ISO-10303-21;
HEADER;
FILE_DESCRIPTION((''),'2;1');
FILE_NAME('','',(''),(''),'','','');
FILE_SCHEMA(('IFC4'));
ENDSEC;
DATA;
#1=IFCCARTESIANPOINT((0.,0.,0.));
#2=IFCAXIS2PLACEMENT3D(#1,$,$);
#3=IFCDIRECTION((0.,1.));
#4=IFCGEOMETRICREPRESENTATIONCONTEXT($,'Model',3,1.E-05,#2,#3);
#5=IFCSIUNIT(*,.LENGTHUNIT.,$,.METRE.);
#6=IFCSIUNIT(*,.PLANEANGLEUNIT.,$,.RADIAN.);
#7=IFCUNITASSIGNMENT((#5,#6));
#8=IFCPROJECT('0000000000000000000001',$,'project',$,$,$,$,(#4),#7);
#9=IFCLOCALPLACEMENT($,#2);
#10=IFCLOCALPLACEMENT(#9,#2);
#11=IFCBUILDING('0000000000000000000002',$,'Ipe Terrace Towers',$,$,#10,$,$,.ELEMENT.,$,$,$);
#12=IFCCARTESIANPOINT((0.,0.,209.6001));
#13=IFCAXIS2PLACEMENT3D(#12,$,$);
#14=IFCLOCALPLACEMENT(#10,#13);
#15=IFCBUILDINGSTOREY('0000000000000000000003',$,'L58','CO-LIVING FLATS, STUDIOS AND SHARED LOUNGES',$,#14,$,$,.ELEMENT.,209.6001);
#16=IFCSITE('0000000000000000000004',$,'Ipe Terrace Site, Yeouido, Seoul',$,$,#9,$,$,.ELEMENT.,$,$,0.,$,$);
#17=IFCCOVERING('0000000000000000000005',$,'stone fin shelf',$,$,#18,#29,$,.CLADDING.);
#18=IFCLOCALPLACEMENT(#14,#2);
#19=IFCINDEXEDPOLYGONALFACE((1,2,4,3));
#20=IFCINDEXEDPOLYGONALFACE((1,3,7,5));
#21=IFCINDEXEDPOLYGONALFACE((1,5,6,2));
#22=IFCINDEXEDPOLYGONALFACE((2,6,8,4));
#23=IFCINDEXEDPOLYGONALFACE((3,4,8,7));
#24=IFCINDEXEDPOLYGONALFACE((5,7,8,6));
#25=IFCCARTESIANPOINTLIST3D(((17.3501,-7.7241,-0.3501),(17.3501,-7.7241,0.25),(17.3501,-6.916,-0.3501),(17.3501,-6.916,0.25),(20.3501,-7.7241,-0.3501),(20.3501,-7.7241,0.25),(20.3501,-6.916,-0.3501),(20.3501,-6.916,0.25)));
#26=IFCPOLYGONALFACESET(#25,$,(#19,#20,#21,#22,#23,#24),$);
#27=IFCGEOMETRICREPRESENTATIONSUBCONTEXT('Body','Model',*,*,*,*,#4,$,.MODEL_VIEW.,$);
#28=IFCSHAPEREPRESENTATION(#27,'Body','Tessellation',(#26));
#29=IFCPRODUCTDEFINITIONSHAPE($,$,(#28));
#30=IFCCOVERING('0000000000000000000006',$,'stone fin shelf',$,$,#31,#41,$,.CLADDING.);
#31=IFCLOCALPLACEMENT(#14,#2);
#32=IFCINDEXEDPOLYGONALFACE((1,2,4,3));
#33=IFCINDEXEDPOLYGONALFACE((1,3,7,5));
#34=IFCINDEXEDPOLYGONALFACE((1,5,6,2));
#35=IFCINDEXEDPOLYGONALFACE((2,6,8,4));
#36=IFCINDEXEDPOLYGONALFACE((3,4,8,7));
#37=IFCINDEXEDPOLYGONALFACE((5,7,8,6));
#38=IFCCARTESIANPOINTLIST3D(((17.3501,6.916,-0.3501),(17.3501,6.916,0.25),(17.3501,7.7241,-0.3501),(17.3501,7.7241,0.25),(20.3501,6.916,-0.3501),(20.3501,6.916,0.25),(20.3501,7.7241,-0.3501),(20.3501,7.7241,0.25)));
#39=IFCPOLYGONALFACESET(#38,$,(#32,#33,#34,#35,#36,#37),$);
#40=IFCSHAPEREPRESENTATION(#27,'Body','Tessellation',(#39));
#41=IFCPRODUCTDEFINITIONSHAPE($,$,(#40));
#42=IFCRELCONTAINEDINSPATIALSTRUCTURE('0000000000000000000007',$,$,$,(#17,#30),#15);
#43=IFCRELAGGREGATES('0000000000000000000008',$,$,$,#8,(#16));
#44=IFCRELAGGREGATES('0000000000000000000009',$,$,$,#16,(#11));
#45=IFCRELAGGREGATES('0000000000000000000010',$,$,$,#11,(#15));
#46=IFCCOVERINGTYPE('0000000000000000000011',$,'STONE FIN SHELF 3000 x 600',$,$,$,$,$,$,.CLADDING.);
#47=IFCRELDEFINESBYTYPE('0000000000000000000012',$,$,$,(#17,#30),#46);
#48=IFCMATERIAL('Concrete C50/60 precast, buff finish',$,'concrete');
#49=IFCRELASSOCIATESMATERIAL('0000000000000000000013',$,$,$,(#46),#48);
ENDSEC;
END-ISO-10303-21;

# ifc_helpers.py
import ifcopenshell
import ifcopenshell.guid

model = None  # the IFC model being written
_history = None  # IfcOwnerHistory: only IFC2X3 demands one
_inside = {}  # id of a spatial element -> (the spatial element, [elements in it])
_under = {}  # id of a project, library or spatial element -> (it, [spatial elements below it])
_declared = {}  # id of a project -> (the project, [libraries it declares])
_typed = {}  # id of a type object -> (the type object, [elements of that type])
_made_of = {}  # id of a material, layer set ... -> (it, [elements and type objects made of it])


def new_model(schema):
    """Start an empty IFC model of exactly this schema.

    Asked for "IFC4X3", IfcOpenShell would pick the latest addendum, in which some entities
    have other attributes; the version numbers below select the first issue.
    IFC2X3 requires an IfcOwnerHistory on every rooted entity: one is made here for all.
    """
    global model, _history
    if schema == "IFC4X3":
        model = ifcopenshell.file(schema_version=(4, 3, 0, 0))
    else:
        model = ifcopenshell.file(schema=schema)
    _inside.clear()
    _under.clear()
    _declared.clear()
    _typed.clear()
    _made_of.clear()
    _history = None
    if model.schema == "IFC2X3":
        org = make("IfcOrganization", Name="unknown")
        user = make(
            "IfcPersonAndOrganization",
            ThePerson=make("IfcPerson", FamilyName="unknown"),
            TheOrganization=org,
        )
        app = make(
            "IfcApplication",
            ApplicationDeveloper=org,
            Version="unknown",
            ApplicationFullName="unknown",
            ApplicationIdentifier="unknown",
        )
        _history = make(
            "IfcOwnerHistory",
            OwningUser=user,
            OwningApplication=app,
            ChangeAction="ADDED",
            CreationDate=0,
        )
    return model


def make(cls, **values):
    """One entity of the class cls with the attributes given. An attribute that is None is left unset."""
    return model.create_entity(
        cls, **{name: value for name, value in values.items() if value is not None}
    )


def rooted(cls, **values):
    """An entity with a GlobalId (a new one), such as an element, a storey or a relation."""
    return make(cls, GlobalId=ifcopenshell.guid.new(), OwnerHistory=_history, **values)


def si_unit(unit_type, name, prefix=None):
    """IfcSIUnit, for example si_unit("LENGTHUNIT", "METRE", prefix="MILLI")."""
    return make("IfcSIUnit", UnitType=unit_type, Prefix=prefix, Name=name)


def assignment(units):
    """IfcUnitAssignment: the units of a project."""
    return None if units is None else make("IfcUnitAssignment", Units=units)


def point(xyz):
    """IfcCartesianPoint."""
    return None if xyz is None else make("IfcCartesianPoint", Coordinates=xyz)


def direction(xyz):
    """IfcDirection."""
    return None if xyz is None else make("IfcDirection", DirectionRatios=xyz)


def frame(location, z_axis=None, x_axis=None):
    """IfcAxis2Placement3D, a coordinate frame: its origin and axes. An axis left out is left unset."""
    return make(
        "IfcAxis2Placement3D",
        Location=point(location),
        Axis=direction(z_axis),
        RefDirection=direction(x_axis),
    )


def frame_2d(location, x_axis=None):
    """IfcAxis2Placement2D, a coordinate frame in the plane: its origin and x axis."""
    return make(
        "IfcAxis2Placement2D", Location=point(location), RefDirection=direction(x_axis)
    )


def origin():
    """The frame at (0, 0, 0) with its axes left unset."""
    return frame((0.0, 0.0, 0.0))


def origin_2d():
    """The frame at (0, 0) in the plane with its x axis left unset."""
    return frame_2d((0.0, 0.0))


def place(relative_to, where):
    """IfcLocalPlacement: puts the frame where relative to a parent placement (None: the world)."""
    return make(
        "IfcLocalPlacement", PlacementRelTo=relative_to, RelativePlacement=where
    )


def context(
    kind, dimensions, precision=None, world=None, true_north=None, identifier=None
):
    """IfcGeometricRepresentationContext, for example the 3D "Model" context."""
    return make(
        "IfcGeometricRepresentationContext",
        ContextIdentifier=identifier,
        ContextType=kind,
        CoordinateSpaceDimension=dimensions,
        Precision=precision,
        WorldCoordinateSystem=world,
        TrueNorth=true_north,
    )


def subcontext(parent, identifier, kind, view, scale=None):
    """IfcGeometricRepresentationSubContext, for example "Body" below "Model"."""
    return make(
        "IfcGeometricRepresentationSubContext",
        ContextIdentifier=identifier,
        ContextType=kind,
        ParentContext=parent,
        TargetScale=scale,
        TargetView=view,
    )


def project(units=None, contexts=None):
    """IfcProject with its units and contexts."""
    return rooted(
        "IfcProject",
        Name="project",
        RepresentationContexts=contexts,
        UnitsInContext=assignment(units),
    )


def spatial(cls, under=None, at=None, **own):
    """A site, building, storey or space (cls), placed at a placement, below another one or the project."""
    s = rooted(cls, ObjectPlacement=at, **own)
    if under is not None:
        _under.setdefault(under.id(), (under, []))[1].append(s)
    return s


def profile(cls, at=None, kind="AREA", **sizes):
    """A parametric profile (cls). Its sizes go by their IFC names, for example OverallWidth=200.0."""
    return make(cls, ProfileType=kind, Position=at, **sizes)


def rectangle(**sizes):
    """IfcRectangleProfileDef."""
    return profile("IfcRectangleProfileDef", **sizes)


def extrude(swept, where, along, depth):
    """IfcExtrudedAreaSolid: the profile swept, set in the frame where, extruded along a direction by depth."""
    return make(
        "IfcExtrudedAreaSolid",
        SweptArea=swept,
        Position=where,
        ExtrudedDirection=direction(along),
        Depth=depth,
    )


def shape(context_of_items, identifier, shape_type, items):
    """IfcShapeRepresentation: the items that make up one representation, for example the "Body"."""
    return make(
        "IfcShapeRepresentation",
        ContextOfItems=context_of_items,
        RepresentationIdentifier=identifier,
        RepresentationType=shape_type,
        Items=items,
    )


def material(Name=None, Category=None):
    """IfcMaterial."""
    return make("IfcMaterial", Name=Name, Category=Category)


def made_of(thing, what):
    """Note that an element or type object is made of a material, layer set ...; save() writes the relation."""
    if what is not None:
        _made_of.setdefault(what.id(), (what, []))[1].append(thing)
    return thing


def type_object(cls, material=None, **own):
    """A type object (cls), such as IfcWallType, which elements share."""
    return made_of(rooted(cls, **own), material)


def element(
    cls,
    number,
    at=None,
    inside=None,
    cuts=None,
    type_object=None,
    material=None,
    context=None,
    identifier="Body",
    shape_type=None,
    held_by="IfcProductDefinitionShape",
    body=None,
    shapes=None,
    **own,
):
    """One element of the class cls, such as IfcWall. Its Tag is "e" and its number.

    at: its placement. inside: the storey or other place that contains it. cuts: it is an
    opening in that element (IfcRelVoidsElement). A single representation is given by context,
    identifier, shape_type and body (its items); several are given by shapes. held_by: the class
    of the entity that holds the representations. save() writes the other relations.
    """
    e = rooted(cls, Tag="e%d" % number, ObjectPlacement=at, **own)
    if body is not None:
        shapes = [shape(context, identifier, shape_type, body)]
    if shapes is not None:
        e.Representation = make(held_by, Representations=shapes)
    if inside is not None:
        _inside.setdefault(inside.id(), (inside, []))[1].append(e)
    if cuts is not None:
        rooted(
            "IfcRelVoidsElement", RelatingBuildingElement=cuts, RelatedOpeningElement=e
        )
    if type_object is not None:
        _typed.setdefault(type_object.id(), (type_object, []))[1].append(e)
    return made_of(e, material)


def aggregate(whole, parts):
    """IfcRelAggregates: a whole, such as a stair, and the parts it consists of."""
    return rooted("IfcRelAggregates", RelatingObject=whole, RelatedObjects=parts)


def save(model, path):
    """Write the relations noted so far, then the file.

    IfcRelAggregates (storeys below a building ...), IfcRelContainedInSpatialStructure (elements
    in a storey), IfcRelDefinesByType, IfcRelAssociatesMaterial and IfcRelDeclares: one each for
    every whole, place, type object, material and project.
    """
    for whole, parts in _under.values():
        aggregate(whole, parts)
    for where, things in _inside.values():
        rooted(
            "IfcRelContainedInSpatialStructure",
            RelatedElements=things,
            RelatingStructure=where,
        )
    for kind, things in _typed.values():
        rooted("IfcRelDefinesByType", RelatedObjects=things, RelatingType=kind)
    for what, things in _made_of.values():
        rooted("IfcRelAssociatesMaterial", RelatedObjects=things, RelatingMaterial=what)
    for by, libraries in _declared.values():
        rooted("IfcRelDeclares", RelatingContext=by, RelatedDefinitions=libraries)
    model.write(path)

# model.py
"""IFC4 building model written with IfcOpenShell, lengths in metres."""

from ifc_helpers import new_model, si_unit, direction, frame, origin, origin_2d, place, context, subcontext, project, spatial, rectangle, extrude, material, type_object, element, save


model = new_model("IFC4")

# Units and contexts
model_context = context("Model", 3, precision=1e-05, world=origin(), true_north=direction((0.0, 1.0)))
body_context = subcontext(model_context, "Body", "Model", "MODEL_VIEW")
ifc_project = project(units=[si_unit("LENGTHUNIT", "METRE"), si_unit("PLANEANGLEUNIT", "RADIAN")], contexts=[model_context])

# Site, building, storey
site_placement = place(None, origin())
site = spatial("IfcSite", under=ifc_project, at=site_placement, Name="Ipe Terrace Site, Yeouido, Seoul", CompositionType="ELEMENT", RefElevation=0.0)
building_placement = place(site_placement, origin())
building = spatial("IfcBuilding", under=site, at=building_placement, Name="Ipe Terrace Towers", CompositionType="ELEMENT")
storey_placement = place(building_placement, frame((0.0, 0.0, 209.6001)))
storey = spatial("IfcBuildingStorey", under=building, at=storey_placement, Name="L58", Description="CO-LIVING FLATS, STUDIOS AND SHARED LOUNGES", CompositionType="ELEMENT", Elevation=209.6001)

# Coverings
ifc_material_1 = material(Name="Concrete C50/60 precast, buff finish", Category="concrete")
covering_type_1 = type_object("IfcCoveringType", Name="STONE FIN SHELF 3000 x 600", PredefinedType="CLADDING", material=ifc_material_1)
for number, where, z_axis, x_axis, name in (
    (1, (18.8501, -7.3201, -0.3501), (0.0, 0.0, 1.0), (1.0, 0.0, 0.0), "stone fin shelf"),
    (2, (18.8501, 7.3201, -0.3501), (0.0, 0.0, 1.0), (-1.0, 0.0, 0.0), "stone fin shelf"),
):
    element("IfcCovering", number, at=place(storey_placement, frame(where, z_axis=z_axis, x_axis=x_axis)), inside=storey, type_object=covering_type_1, Name=name, PredefinedType="CLADDING", context=body_context, shape_type="SweptSolid", body=[
        extrude(rectangle(XDim=3.0, YDim=0.8081, at=origin_2d()), origin(), (0.0, 0.0, 1.0), 0.6001),
    ])

save(model, "model.ifc")
